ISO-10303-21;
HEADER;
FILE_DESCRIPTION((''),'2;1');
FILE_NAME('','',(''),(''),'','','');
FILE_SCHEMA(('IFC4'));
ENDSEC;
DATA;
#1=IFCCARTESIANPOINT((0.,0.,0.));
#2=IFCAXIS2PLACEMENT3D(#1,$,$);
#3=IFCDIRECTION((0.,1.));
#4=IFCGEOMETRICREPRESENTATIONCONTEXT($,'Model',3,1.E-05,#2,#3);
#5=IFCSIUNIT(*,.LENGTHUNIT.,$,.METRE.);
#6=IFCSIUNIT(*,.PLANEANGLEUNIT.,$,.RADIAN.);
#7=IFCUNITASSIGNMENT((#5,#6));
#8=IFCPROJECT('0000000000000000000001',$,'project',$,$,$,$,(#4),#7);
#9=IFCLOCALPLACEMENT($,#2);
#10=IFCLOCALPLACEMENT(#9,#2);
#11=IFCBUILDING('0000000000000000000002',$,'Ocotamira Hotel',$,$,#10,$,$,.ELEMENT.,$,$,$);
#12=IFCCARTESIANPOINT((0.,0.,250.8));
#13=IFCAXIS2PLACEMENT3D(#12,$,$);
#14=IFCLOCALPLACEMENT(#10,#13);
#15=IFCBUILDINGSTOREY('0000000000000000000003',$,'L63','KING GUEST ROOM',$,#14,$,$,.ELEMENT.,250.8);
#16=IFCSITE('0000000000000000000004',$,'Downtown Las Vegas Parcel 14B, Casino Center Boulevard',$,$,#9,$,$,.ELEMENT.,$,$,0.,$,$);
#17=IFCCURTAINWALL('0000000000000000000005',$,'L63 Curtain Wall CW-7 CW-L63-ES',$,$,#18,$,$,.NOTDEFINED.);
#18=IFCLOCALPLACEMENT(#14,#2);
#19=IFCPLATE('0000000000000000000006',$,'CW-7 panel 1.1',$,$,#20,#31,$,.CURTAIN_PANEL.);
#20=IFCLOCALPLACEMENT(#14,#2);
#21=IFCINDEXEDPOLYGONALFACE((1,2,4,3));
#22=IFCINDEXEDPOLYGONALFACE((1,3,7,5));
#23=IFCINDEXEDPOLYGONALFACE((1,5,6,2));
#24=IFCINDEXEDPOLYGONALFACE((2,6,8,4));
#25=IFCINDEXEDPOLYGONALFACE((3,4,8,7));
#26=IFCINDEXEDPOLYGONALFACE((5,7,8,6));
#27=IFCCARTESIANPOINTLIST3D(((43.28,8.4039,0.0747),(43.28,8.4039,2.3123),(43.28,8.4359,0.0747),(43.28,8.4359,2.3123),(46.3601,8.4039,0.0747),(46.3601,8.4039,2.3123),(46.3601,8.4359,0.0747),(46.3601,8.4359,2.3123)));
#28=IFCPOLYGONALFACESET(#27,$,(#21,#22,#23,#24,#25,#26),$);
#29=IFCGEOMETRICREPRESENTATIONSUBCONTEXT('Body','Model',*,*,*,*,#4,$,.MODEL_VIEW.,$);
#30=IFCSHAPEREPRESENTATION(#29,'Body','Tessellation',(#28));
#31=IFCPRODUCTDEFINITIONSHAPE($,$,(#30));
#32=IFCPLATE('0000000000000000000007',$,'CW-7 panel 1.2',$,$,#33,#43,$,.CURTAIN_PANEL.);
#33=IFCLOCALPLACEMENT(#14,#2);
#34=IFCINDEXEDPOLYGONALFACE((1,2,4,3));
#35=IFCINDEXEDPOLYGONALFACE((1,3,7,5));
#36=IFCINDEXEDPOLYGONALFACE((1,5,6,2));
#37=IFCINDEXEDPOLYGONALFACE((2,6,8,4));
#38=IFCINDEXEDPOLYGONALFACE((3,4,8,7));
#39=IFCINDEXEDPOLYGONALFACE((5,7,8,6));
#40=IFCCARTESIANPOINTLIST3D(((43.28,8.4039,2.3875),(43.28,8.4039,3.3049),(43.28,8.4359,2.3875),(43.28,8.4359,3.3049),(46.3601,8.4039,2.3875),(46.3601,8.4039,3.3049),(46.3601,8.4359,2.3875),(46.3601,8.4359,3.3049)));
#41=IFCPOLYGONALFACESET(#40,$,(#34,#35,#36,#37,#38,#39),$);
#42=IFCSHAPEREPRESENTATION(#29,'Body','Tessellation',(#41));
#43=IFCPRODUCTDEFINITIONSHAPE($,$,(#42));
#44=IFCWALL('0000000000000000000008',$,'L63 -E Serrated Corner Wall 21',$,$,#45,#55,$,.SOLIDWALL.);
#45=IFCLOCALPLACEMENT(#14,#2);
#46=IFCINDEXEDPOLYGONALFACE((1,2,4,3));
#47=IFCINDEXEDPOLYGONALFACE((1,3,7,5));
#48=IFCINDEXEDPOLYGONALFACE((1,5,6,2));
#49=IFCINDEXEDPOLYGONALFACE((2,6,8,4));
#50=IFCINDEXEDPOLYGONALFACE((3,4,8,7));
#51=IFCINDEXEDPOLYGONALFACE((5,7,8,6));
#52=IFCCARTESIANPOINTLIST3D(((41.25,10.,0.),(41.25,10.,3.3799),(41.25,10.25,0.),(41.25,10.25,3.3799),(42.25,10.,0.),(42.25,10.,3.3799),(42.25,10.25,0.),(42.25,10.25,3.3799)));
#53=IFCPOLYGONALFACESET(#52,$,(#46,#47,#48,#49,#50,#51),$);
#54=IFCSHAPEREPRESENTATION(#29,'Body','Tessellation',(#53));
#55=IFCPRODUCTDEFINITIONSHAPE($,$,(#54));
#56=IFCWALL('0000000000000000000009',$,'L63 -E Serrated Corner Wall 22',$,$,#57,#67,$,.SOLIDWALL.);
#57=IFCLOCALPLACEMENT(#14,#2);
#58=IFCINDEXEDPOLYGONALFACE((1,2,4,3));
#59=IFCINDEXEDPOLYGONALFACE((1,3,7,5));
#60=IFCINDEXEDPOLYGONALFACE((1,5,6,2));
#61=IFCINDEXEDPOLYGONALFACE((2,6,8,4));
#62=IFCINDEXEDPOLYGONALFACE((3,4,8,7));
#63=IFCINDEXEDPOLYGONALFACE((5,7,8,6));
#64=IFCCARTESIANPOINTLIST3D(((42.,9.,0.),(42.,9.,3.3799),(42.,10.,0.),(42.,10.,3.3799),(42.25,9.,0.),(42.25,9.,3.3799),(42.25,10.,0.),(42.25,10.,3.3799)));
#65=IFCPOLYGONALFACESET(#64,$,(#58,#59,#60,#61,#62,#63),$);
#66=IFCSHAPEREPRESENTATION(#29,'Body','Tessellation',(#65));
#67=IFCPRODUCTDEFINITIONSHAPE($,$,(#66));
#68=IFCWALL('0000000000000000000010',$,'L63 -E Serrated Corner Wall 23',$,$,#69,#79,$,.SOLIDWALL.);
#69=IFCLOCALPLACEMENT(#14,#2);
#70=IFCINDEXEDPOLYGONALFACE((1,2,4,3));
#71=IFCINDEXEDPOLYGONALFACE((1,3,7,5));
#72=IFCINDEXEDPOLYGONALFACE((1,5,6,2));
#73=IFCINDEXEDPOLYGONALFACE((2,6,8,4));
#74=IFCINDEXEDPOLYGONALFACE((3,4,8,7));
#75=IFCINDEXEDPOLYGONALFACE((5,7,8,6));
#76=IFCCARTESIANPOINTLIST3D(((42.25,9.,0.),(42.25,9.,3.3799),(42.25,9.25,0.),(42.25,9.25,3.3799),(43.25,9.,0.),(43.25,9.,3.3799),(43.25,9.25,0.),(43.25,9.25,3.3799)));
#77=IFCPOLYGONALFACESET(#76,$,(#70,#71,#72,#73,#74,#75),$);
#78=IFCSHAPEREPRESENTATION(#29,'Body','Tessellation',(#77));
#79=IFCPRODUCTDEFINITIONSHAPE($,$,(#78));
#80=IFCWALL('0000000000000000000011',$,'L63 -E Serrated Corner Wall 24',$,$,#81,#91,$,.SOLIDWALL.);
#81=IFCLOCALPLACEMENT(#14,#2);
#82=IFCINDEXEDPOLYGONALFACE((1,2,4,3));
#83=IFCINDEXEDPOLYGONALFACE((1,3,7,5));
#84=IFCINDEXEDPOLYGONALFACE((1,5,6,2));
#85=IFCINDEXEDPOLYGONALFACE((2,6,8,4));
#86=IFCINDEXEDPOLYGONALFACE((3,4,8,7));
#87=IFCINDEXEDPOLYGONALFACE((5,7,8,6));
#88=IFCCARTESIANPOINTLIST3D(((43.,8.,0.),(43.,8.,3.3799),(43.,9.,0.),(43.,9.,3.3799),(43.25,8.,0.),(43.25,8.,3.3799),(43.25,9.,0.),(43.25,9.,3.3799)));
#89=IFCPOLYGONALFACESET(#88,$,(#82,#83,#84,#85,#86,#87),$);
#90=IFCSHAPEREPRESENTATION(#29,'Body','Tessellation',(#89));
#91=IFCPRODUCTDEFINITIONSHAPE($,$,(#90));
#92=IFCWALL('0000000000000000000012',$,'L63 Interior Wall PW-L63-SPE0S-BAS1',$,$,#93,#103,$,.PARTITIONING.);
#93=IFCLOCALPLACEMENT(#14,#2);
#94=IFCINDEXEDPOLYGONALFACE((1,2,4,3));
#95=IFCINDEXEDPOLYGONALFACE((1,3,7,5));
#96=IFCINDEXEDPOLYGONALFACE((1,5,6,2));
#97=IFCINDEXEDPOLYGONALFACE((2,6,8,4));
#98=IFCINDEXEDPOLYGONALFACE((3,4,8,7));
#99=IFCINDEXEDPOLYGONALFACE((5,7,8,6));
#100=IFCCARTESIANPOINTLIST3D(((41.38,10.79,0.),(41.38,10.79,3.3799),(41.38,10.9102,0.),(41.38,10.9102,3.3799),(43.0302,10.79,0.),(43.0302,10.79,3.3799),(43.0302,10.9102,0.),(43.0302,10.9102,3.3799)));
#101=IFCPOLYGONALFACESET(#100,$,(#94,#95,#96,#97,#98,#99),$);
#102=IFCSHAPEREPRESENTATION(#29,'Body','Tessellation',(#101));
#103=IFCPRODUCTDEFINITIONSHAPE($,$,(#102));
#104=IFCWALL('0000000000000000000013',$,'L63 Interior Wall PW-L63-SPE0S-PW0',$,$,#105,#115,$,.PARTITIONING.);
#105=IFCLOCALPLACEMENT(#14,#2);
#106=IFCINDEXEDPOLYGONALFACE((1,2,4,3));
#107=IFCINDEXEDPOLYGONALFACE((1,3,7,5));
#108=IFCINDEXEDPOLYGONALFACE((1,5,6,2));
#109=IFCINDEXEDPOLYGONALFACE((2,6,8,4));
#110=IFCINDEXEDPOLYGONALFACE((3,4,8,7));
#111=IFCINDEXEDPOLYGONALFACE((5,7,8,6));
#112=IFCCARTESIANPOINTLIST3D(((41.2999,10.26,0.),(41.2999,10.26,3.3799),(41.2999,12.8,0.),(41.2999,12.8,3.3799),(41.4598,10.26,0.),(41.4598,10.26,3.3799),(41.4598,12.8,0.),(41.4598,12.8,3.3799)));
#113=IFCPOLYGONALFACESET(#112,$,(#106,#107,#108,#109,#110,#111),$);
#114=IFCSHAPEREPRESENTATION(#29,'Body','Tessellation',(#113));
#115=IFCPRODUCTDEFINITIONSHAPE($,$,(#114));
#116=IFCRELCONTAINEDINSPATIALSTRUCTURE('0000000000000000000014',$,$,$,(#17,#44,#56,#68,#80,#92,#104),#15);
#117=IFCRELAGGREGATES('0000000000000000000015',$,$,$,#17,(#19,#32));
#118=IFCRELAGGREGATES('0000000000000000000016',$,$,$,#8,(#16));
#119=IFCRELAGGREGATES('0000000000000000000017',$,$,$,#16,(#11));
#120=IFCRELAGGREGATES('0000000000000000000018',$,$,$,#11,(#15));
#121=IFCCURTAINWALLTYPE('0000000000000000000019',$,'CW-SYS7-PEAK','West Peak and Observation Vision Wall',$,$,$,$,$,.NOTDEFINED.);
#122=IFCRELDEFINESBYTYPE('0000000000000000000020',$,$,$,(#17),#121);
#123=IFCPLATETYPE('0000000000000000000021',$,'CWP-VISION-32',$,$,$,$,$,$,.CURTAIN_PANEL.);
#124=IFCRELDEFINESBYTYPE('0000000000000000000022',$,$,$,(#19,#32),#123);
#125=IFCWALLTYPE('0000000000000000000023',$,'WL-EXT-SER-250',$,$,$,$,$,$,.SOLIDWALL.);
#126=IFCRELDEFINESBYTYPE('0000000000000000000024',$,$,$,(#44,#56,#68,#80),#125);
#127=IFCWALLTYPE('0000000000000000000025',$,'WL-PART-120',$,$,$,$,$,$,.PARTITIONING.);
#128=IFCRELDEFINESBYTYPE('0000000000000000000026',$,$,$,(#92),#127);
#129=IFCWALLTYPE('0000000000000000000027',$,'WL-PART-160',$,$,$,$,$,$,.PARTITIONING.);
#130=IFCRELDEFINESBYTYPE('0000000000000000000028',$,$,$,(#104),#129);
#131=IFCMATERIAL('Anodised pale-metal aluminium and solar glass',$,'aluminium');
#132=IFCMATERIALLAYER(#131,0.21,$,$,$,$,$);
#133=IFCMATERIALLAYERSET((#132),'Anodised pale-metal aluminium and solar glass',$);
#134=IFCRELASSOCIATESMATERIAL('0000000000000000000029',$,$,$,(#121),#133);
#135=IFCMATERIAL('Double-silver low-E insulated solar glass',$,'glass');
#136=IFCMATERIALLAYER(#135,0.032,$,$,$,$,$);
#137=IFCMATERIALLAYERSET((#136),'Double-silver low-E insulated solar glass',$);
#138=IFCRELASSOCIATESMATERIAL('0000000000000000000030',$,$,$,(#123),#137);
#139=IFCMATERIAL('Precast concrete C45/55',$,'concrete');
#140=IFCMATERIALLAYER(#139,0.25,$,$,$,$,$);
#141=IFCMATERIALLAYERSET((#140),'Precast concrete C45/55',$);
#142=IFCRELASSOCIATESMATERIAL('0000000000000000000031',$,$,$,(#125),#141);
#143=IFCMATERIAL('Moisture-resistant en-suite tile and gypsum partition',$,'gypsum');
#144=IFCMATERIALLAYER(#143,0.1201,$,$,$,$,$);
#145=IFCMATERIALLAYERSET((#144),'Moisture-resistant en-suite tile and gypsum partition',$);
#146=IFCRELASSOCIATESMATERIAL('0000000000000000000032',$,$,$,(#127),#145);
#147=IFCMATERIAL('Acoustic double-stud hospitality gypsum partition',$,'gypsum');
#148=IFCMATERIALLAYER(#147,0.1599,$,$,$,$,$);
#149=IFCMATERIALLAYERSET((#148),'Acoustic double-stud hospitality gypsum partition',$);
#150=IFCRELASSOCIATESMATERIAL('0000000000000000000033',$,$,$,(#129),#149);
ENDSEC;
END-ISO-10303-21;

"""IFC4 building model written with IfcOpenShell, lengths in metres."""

from ifc_helpers import new_model, si_unit, direction, frame, frame_2d, origin, origin_2d, place, context, subcontext, project, spatial, rectangle, extrude, source, transform, mapped, material, layer, layer_set, type_object, element, aggregate, save


model = new_model("IFC4")

# Units and contexts
model_context = context("Model", 3, precision=1e-05, world=origin(), true_north=direction((0.0, 1.0)))
body_context = subcontext(model_context, "Body", "Model", "MODEL_VIEW")
ifc_project = project(units=[si_unit("LENGTHUNIT", "METRE"), si_unit("PLANEANGLEUNIT", "RADIAN")], contexts=[model_context])

# Site, building, storey
site_placement = place(None, origin())
site = spatial("IfcSite", under=ifc_project, at=site_placement, Name="Downtown Las Vegas Parcel 14B, Casino Center Boulevard", CompositionType="ELEMENT", RefElevation=0.0)
building_placement = place(site_placement, origin())
building = spatial("IfcBuilding", under=site, at=building_placement, Name="Ocotamira Hotel", CompositionType="ELEMENT")
storey_placement = place(building_placement, frame((0.0, 0.0, 250.8)))
storey = spatial("IfcBuildingStorey", under=building, at=storey_placement, Name="L63", Description="KING GUEST ROOM", CompositionType="ELEMENT", Elevation=250.8)

# Curtain wall, plates
ifc_material_1 = material(Name="Anodised pale-metal aluminium and solar glass", Category="aluminium")
ifc_layer_1 = layer(ifc_material_1, 0.21)
ifc_layer_set_1 = layer_set([ifc_layer_1], Name="Anodised pale-metal aluminium and solar glass")
curtain_wall_type = type_object("IfcCurtainWallType", Name="CW-SYS7-PEAK", Description="West Peak and Observation Vision Wall", PredefinedType="NOTDEFINED", material=ifc_layer_set_1)
curtain_wall_placement = place(storey_placement, origin())
curtain_wall = element("IfcCurtainWall", 1, at=curtain_wall_placement, inside=storey, type_object=curtain_wall_type, Name="L63 Curtain Wall CW-7 CW-L63-ES", PredefinedType="NOTDEFINED")
ifc_material_2 = material(Name="Double-silver low-E insulated solar glass", Category="glass")
ifc_layer_2 = layer(ifc_material_2, 0.032)
ifc_layer_set_2 = layer_set([ifc_layer_2], Name="Double-silver low-E insulated solar glass")
plate_type = type_object("IfcPlateType", Name="CWP-VISION-32", PredefinedType="CURTAIN_PANEL", material=ifc_layer_set_2)
shared_shape_1 = source(origin(), body_context, "Body", "SweptSolid", [
    extrude(rectangle(XDim=3.0801, YDim=0.032, at=origin_2d()), origin(), (0.0, 0.0, 1.0), 2.2375),
])
plate_1_placement = place(storey_placement, frame((44.8201, 8.4199, 0.0747), z_axis=(0.0, 0.0, 1.0), x_axis=(1.0, 0.0, 0.0)))
plate_1 = element("IfcPlate", 2, at=plate_1_placement, type_object=plate_type, Name="CW-7 panel 1.1", PredefinedType="CURTAIN_PANEL", context=body_context, shape_type="MappedRepresentation", body=[
    mapped(shared_shape_1, transform((0.0, 0.0, 0.0), scale=1.0)),
])
shared_shape_2 = source(origin(), body_context, "Body", "SweptSolid", [
    extrude(rectangle(XDim=3.0801, YDim=0.032, at=origin_2d()), origin(), (0.0, 0.0, 1.0), 0.9175),
])
plate_2_placement = place(storey_placement, frame((44.8201, 8.4199, 2.3875), z_axis=(0.0, 0.0, 1.0), x_axis=(1.0, 0.0, 0.0)))
plate_2 = element("IfcPlate", 3, at=plate_2_placement, type_object=plate_type, Name="CW-7 panel 1.2", PredefinedType="CURTAIN_PANEL", context=body_context, shape_type="MappedRepresentation", body=[
    mapped(shared_shape_2, transform((0.0, 0.0, 0.0), scale=1.0)),
])
aggregate(curtain_wall, [plate_1, plate_2])

# Walls
ifc_material_3 = material(Name="Precast concrete C45/55", Category="concrete")
ifc_layer_3 = layer(ifc_material_3, 0.25)
ifc_layer_set_3 = layer_set([ifc_layer_3], Name="Precast concrete C45/55")
wall_type_1 = type_object("IfcWallType", Name="WL-EXT-SER-250", PredefinedType="SOLIDWALL", material=ifc_layer_set_3)
for number, where, z_axis, x_axis, name in (
    (4, (41.25, 10.125, 0.0), (0.0, 0.0, 1.0), (1.0, 0.0, 0.0), "L63 -E Serrated Corner Wall 21"),
    (5, (42.125, 10.0, 0.0), (0.0, 0.0, 1.0), (0.0, -1.0, 0.0), "L63 -E Serrated Corner Wall 22"),
    (6, (42.25, 9.125, 0.0), (0.0, 0.0, 1.0), (1.0, 0.0, 0.0), "L63 -E Serrated Corner Wall 23"),
    (7, (43.125, 9.0, 0.0), (0.0, 0.0, 1.0), (0.0, -1.0, 0.0), "L63 -E Serrated Corner Wall 24"),
):
    element("IfcWall", number, at=place(storey_placement, frame(where, z_axis=z_axis, x_axis=x_axis)), inside=storey, type_object=wall_type_1, Name=name, PredefinedType="SOLIDWALL", context=body_context, shape_type="SweptSolid", body=[
        extrude(rectangle(XDim=1.0, YDim=0.25, at=frame_2d((0.5, 0.0))), origin(), (0.0, 0.0, 1.0), 3.3799),
    ])
ifc_material_4 = material(Name="Moisture-resistant en-suite tile and gypsum partition", Category="gypsum")
ifc_layer_4 = layer(ifc_material_4, 0.1201)
ifc_layer_set_4 = layer_set([ifc_layer_4], Name="Moisture-resistant en-suite tile and gypsum partition")
wall_type_2 = type_object("IfcWallType", Name="WL-PART-120", PredefinedType="PARTITIONING", material=ifc_layer_set_4)
wall_1_placement = place(storey_placement, frame((41.3799, 10.8501, 0.0), z_axis=(0.0, 0.0, 1.0), x_axis=(1.0, 0.0, 0.0)))
element("IfcWall", 8, at=wall_1_placement, inside=storey, type_object=wall_type_2, Name="L63 Interior Wall PW-L63-SPE0S-BAS1", PredefinedType="PARTITIONING", context=body_context, shape_type="SweptSolid", body=[
    extrude(rectangle(XDim=1.6501, YDim=0.1201, at=frame_2d((0.8252, 0.0))), origin(), (0.0, 0.0, 1.0), 3.3799),
])
ifc_material_5 = material(Name="Acoustic double-stud hospitality gypsum partition", Category="gypsum")
ifc_layer_5 = layer(ifc_material_5, 0.1599)
ifc_layer_set_5 = layer_set([ifc_layer_5], Name="Acoustic double-stud hospitality gypsum partition")
wall_type_3 = type_object("IfcWallType", Name="WL-PART-160", PredefinedType="PARTITIONING", material=ifc_layer_set_5)
wall_2_placement = place(storey_placement, frame((41.3799, 10.26, 0.0), z_axis=(0.0, 0.0, 1.0), x_axis=(0.0, 1.0, 0.0)))
element("IfcWall", 9, at=wall_2_placement, inside=storey, type_object=wall_type_3, Name="L63 Interior Wall PW-L63-SPE0S-PW0", PredefinedType="PARTITIONING", context=body_context, shape_type="SweptSolid", body=[
    extrude(rectangle(XDim=2.54, YDim=0.1599, at=frame_2d((1.27, 0.0))), origin(), (0.0, 0.0, 1.0), 3.3799),
])

save(model, "model.ifc")
